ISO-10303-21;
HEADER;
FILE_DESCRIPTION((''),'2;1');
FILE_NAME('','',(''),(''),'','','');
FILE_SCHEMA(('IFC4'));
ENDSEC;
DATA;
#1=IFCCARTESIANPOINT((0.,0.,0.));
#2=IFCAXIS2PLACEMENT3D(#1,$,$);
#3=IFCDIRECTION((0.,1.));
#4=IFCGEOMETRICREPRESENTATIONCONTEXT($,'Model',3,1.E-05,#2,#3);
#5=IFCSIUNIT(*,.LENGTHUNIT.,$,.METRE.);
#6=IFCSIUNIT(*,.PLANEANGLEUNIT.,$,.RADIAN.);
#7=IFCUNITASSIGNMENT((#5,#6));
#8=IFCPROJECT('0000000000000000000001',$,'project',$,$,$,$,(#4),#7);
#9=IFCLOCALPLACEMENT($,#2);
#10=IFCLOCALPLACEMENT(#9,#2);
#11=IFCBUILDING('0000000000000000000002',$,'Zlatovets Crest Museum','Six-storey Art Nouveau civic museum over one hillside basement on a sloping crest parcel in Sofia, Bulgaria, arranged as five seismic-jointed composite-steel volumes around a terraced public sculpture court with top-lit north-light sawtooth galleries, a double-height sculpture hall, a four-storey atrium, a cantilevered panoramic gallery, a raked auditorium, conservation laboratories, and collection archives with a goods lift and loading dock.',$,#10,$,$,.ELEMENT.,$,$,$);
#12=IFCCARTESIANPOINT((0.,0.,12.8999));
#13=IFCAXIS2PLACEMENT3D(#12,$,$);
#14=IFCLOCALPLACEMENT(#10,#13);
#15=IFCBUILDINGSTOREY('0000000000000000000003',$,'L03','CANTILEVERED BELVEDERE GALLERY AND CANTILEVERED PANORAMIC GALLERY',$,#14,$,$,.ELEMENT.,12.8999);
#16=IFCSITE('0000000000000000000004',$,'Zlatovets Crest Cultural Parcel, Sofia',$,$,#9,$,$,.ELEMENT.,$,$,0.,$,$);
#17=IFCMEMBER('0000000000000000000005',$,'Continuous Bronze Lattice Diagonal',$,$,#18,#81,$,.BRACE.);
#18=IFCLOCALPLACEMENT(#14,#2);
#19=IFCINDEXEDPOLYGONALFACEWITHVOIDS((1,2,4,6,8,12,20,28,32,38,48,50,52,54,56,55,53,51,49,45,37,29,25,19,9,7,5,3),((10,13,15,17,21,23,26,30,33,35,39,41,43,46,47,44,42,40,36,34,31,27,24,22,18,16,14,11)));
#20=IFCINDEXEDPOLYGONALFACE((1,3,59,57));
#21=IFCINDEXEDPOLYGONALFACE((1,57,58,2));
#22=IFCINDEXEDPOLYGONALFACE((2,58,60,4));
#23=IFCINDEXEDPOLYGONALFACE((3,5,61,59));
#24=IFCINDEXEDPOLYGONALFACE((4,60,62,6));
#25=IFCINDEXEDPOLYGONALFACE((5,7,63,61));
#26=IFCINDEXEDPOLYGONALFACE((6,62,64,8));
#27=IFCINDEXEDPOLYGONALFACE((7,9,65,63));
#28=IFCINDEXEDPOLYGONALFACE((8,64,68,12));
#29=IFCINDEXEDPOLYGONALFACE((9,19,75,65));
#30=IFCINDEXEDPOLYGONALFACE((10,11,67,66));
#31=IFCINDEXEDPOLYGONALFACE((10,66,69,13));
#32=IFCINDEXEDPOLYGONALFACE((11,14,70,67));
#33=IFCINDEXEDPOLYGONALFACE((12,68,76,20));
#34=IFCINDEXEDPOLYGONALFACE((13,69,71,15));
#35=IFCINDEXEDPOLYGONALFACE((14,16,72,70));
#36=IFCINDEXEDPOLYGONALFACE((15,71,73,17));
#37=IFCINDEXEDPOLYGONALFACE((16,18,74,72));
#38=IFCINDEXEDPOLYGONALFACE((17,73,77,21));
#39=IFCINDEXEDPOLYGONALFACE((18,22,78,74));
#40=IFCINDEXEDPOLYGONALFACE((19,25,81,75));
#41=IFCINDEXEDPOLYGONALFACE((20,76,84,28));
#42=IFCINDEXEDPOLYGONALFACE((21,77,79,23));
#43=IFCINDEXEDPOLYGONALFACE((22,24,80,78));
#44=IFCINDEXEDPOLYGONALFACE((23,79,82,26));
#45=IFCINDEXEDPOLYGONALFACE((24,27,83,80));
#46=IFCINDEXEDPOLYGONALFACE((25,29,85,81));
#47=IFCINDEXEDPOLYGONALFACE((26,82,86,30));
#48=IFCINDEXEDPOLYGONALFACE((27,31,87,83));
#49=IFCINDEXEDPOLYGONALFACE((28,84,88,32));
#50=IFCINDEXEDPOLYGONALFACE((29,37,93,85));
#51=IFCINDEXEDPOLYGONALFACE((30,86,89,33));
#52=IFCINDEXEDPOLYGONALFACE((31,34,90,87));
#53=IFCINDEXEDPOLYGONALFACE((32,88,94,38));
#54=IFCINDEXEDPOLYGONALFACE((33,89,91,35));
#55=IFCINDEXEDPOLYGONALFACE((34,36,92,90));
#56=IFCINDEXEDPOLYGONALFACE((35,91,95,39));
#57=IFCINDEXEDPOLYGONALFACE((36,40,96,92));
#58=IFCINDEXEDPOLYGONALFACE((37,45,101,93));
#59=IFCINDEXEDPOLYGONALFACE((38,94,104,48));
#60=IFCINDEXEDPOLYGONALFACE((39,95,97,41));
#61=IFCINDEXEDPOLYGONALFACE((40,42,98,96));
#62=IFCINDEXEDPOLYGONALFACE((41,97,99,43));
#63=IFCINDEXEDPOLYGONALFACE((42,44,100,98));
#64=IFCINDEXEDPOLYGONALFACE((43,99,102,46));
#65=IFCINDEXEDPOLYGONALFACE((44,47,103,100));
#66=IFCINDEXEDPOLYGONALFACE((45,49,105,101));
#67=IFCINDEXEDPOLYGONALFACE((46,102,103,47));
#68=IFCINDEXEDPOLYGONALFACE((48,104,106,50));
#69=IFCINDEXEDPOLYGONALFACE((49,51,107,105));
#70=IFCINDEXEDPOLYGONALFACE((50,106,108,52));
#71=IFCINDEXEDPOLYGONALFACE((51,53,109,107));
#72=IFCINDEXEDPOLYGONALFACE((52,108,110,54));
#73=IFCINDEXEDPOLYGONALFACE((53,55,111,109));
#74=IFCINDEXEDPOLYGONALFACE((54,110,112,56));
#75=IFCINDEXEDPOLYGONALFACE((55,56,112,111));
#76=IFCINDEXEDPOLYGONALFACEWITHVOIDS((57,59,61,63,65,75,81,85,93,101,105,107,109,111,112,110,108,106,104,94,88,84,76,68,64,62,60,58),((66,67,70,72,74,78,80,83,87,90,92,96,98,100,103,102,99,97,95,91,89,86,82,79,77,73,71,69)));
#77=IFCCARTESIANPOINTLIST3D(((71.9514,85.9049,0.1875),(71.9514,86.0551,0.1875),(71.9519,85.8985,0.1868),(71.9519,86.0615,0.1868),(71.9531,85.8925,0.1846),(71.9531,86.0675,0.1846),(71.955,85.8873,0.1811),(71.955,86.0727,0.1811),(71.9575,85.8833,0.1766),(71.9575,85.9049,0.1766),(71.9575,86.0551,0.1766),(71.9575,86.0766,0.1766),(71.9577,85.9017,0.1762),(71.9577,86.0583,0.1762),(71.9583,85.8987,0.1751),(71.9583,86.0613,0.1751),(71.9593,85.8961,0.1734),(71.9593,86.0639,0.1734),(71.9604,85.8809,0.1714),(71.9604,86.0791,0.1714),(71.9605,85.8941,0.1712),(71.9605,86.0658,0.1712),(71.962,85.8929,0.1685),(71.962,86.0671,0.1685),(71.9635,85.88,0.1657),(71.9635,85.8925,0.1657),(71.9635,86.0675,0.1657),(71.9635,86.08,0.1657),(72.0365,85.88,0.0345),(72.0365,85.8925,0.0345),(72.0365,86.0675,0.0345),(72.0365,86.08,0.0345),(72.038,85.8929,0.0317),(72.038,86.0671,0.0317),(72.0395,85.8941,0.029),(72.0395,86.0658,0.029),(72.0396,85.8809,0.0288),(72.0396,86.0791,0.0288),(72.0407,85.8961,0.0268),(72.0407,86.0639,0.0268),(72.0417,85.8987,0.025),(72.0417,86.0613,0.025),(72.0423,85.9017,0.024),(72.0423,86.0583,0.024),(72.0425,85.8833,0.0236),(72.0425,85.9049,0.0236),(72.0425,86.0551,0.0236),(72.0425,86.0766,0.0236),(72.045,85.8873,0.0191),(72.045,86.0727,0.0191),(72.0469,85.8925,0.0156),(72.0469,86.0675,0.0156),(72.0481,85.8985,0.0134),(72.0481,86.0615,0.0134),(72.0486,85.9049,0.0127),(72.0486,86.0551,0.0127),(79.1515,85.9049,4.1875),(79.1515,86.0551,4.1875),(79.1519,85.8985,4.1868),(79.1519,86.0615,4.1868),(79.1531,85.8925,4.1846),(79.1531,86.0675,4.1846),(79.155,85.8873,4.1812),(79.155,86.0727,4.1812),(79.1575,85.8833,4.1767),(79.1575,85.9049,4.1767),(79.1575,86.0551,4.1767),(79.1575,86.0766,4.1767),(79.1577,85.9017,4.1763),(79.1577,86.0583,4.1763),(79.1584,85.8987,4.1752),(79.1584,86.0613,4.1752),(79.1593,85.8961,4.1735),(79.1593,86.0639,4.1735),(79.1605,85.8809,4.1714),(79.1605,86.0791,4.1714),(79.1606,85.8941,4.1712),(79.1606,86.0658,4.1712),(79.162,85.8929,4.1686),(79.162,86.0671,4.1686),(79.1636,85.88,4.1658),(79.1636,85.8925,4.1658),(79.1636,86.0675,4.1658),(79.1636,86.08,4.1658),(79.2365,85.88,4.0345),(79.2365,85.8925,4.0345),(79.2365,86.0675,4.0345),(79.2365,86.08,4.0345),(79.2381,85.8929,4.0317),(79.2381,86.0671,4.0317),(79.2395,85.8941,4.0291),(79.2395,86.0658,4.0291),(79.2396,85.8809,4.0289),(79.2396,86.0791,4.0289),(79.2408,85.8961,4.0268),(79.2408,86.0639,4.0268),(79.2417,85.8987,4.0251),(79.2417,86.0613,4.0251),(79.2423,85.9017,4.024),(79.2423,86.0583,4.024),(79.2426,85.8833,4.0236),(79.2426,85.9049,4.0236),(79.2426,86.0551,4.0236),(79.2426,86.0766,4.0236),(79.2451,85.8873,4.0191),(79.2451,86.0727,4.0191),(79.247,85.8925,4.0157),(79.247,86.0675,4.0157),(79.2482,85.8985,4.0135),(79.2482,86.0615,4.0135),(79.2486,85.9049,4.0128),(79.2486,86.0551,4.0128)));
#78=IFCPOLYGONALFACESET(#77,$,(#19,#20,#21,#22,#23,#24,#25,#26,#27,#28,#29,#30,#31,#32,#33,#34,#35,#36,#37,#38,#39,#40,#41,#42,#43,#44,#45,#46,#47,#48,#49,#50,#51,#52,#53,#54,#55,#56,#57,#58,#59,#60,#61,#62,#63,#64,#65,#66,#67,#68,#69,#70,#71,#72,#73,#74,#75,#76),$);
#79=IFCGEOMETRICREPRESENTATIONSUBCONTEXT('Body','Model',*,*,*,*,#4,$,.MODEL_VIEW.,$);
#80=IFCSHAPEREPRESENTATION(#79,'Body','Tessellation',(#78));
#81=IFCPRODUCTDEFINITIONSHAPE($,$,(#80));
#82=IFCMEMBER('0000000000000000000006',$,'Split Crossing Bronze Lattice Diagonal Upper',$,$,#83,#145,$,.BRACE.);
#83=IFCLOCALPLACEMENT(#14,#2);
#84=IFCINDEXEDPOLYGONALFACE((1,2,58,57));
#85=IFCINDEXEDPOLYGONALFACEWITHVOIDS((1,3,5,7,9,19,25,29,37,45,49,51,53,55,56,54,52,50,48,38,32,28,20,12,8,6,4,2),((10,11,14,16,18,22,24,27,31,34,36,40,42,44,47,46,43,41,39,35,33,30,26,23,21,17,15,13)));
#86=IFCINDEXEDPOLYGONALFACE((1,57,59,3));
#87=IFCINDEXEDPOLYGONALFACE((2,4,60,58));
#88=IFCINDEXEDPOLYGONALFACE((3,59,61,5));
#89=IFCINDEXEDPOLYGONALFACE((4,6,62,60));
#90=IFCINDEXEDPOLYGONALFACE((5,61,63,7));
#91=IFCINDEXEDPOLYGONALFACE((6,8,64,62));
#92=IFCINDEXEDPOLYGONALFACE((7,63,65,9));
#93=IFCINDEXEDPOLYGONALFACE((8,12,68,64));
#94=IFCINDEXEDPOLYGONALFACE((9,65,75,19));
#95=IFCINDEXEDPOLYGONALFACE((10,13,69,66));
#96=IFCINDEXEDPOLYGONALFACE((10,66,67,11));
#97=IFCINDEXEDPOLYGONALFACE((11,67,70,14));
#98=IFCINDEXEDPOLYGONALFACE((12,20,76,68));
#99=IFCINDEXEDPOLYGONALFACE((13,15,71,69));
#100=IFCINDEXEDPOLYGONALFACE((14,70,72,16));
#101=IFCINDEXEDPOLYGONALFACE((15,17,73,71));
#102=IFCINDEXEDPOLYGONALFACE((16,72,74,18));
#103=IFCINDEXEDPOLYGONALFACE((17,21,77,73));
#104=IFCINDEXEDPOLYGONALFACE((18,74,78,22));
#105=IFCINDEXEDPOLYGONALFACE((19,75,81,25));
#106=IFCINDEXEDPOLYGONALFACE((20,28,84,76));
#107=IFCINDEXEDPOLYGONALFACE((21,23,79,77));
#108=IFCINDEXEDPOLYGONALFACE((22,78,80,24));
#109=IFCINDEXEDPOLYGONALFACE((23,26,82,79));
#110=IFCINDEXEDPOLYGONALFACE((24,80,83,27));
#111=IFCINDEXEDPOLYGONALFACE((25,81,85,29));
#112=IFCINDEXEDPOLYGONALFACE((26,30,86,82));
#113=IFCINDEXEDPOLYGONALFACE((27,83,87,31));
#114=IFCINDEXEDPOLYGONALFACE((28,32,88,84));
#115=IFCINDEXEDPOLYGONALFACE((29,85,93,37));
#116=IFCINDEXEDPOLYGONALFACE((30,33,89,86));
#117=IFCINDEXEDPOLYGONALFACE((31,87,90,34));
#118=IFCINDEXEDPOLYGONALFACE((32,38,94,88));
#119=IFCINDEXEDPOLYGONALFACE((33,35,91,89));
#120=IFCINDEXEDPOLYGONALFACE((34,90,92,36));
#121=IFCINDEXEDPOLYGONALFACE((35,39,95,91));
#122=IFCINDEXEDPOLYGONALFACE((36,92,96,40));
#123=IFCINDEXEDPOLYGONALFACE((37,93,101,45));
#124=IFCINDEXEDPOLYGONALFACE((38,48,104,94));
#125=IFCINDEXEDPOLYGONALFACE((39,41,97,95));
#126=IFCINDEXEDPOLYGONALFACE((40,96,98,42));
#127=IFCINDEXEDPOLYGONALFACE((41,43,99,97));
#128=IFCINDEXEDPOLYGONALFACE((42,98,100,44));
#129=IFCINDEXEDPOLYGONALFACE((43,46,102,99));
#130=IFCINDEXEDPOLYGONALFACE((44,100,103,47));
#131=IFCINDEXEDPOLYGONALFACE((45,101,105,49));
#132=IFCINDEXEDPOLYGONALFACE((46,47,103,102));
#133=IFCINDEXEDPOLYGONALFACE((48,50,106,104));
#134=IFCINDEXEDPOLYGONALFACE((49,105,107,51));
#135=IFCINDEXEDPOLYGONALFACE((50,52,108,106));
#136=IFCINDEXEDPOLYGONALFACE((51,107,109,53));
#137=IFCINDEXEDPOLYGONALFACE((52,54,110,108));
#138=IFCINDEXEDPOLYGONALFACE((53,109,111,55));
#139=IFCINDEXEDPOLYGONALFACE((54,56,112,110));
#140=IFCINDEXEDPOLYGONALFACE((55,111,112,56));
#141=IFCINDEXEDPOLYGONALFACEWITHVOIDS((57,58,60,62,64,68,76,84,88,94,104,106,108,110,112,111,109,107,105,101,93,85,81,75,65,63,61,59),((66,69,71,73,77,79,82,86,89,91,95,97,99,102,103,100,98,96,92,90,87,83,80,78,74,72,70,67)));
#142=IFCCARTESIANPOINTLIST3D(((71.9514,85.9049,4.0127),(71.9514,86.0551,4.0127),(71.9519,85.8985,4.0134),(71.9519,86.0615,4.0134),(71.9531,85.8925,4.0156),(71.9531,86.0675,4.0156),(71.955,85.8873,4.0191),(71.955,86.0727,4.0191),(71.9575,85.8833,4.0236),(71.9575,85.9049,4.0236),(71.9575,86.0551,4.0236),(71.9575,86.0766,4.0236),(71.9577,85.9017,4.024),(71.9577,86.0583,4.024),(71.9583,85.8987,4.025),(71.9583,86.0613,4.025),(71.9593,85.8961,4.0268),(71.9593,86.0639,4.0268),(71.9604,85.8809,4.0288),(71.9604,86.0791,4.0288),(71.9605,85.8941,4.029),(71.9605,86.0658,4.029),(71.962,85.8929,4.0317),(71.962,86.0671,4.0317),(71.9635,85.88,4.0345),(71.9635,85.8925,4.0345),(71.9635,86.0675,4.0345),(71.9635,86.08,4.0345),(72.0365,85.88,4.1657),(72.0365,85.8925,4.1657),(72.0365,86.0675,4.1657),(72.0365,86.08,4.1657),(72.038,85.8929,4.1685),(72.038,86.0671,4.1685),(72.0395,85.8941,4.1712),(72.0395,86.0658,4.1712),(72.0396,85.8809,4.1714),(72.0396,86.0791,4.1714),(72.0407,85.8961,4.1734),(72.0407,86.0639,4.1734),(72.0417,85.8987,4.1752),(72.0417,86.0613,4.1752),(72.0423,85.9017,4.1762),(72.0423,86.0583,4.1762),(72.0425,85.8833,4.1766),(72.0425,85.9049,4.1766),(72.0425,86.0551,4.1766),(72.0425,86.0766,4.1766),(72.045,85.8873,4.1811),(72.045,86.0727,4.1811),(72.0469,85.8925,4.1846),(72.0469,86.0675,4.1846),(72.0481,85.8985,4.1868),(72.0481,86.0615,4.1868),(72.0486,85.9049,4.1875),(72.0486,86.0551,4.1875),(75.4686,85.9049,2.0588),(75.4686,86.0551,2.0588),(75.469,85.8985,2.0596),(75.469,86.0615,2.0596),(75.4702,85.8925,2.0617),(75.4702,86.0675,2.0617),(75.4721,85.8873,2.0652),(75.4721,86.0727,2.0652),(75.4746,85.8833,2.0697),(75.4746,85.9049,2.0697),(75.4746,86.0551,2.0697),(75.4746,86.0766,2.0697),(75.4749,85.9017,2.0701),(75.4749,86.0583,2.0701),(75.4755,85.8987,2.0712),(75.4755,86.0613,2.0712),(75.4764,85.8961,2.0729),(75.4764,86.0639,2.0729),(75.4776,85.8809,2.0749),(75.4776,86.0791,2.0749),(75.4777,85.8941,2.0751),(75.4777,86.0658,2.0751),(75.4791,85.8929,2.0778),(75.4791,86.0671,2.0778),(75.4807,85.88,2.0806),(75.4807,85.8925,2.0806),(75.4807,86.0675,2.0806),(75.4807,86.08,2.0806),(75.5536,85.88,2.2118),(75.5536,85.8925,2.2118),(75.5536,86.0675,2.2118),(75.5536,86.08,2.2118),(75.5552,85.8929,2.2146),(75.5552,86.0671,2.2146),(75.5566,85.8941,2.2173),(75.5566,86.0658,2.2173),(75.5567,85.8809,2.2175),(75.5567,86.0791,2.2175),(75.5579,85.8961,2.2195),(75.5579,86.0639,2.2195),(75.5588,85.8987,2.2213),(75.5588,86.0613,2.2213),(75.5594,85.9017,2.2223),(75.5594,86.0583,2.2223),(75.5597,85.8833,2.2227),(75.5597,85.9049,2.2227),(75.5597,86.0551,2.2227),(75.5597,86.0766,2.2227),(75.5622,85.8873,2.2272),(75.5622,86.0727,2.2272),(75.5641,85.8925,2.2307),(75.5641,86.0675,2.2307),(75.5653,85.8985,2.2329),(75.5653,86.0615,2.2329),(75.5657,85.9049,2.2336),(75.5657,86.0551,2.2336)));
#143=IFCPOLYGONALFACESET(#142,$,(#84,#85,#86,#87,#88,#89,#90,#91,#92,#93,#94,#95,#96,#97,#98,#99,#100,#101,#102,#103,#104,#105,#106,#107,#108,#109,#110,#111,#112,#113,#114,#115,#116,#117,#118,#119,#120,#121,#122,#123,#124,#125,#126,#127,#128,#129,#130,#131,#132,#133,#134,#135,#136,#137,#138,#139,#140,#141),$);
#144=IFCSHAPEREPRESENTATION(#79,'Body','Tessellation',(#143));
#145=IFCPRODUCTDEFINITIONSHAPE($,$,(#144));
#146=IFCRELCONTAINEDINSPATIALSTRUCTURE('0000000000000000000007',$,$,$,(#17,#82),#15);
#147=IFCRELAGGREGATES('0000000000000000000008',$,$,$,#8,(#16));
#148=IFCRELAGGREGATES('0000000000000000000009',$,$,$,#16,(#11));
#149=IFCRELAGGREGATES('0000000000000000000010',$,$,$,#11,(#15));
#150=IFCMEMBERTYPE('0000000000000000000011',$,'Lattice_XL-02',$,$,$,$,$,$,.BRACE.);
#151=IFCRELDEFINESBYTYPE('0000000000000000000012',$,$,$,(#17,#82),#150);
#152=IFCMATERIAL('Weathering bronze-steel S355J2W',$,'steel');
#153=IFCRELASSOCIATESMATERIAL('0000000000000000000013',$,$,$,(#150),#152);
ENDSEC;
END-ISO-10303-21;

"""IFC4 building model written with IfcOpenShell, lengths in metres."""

from ifc_helpers import new_model, si_unit, direction, frame, origin, origin_2d, place, context, subcontext, project, spatial, hollow_rectangle, extrude, material, material_profile, profile_set, type_object, element, save


model = new_model("IFC4")

# Units and contexts
model_context = context("Model", 3, precision=1e-05, world=origin(), true_north=direction((0.0, 1.0)))
body_context = subcontext(model_context, "Body", "Model", "MODEL_VIEW")
ifc_project = project(units=[si_unit("LENGTHUNIT", "METRE"), si_unit("PLANEANGLEUNIT", "RADIAN")], contexts=[model_context])

# Site, building, storey
site_placement = place(None, origin())
site = spatial("IfcSite", under=ifc_project, at=site_placement, Name="Zlatovets Crest Cultural Parcel, Sofia", CompositionType="ELEMENT", RefElevation=0.0)
building_placement = place(site_placement, origin())
building = spatial("IfcBuilding", under=site, at=building_placement, Name="Zlatovets Crest Museum", Description="Six-storey Art Nouveau civic museum over one hillside basement on a sloping crest parcel in Sofia, Bulgaria, arranged as five seismic-jointed composite-steel volumes around a terraced public sculpture court with top-lit north-light sawtooth galleries, a double-height sculpture hall, a four-storey atrium, a cantilevered panoramic gallery, a raked auditorium, conservation laboratories, and collection archives with a goods lift and loading dock.", CompositionType="ELEMENT")
storey_placement = place(building_placement, frame((0.0, 0.0, 12.8999)))
storey = spatial("IfcBuildingStorey", under=building, at=storey_placement, Name="L03", Description="CANTILEVERED BELVEDERE GALLERY AND CANTILEVERED PANORAMIC GALLERY", CompositionType="ELEMENT", Elevation=12.8999)

# Members
ifc_material_1 = material(Name="Weathering bronze-steel S355J2W", Category="steel")
ifc_material_profile_1 = material_profile(ifc_material_1, hollow_rectangle(XDim=0.2, YDim=0.2, WallThickness=0.0125, InnerFilletRadius=0.0125, OuterFilletRadius=0.0249, at=origin_2d()), Name="SHS 200x200x12.5")
ifc_profile_set_1 = profile_set([ifc_material_profile_1], Name="Weathering bronze-steel S355J2W")
member_type_1 = type_object("IfcMemberType", Name="Lattice_XL-02", PredefinedType="BRACE", material=ifc_profile_set_1)
member_1_placement = place(storey_placement, frame((72.0, 85.98, 0.1001), z_axis=(0.874156, 0.0, 0.485645), x_axis=(0.0, 1.0, 0.0)))
element("IfcMember", 1, at=member_1_placement, inside=storey, type_object=member_type_1, Name="Continuous Bronze Lattice Diagonal", PredefinedType="BRACE", context=body_context, shape_type="SweptSolid", body=[
    extrude(hollow_rectangle(XDim=0.2, YDim=0.2, WallThickness=0.0125, InnerFilletRadius=0.0125, OuterFilletRadius=0.0249, at=origin_2d()), origin(), (0.0, 0.0, 1.0), 8.2366),
])
member_2_placement = place(storey_placement, frame((72.0, 85.98, 4.1001), z_axis=(0.874166, 0.0, -0.485627), x_axis=(0.0, 1.0, 0.0)))
element("IfcMember", 2, at=member_2_placement, inside=storey, type_object=member_type_1, Name="Split Crossing Bronze Lattice Diagonal Upper", PredefinedType="BRACE", context=body_context, shape_type="SweptSolid", body=[
    extrude(hollow_rectangle(XDim=0.2, YDim=0.2, WallThickness=0.0125, InnerFilletRadius=0.0125, OuterFilletRadius=0.0249, at=origin_2d()), origin(), (0.0, 0.0, 1.0), 4.0234),
])

save(model, "model.ifc")
